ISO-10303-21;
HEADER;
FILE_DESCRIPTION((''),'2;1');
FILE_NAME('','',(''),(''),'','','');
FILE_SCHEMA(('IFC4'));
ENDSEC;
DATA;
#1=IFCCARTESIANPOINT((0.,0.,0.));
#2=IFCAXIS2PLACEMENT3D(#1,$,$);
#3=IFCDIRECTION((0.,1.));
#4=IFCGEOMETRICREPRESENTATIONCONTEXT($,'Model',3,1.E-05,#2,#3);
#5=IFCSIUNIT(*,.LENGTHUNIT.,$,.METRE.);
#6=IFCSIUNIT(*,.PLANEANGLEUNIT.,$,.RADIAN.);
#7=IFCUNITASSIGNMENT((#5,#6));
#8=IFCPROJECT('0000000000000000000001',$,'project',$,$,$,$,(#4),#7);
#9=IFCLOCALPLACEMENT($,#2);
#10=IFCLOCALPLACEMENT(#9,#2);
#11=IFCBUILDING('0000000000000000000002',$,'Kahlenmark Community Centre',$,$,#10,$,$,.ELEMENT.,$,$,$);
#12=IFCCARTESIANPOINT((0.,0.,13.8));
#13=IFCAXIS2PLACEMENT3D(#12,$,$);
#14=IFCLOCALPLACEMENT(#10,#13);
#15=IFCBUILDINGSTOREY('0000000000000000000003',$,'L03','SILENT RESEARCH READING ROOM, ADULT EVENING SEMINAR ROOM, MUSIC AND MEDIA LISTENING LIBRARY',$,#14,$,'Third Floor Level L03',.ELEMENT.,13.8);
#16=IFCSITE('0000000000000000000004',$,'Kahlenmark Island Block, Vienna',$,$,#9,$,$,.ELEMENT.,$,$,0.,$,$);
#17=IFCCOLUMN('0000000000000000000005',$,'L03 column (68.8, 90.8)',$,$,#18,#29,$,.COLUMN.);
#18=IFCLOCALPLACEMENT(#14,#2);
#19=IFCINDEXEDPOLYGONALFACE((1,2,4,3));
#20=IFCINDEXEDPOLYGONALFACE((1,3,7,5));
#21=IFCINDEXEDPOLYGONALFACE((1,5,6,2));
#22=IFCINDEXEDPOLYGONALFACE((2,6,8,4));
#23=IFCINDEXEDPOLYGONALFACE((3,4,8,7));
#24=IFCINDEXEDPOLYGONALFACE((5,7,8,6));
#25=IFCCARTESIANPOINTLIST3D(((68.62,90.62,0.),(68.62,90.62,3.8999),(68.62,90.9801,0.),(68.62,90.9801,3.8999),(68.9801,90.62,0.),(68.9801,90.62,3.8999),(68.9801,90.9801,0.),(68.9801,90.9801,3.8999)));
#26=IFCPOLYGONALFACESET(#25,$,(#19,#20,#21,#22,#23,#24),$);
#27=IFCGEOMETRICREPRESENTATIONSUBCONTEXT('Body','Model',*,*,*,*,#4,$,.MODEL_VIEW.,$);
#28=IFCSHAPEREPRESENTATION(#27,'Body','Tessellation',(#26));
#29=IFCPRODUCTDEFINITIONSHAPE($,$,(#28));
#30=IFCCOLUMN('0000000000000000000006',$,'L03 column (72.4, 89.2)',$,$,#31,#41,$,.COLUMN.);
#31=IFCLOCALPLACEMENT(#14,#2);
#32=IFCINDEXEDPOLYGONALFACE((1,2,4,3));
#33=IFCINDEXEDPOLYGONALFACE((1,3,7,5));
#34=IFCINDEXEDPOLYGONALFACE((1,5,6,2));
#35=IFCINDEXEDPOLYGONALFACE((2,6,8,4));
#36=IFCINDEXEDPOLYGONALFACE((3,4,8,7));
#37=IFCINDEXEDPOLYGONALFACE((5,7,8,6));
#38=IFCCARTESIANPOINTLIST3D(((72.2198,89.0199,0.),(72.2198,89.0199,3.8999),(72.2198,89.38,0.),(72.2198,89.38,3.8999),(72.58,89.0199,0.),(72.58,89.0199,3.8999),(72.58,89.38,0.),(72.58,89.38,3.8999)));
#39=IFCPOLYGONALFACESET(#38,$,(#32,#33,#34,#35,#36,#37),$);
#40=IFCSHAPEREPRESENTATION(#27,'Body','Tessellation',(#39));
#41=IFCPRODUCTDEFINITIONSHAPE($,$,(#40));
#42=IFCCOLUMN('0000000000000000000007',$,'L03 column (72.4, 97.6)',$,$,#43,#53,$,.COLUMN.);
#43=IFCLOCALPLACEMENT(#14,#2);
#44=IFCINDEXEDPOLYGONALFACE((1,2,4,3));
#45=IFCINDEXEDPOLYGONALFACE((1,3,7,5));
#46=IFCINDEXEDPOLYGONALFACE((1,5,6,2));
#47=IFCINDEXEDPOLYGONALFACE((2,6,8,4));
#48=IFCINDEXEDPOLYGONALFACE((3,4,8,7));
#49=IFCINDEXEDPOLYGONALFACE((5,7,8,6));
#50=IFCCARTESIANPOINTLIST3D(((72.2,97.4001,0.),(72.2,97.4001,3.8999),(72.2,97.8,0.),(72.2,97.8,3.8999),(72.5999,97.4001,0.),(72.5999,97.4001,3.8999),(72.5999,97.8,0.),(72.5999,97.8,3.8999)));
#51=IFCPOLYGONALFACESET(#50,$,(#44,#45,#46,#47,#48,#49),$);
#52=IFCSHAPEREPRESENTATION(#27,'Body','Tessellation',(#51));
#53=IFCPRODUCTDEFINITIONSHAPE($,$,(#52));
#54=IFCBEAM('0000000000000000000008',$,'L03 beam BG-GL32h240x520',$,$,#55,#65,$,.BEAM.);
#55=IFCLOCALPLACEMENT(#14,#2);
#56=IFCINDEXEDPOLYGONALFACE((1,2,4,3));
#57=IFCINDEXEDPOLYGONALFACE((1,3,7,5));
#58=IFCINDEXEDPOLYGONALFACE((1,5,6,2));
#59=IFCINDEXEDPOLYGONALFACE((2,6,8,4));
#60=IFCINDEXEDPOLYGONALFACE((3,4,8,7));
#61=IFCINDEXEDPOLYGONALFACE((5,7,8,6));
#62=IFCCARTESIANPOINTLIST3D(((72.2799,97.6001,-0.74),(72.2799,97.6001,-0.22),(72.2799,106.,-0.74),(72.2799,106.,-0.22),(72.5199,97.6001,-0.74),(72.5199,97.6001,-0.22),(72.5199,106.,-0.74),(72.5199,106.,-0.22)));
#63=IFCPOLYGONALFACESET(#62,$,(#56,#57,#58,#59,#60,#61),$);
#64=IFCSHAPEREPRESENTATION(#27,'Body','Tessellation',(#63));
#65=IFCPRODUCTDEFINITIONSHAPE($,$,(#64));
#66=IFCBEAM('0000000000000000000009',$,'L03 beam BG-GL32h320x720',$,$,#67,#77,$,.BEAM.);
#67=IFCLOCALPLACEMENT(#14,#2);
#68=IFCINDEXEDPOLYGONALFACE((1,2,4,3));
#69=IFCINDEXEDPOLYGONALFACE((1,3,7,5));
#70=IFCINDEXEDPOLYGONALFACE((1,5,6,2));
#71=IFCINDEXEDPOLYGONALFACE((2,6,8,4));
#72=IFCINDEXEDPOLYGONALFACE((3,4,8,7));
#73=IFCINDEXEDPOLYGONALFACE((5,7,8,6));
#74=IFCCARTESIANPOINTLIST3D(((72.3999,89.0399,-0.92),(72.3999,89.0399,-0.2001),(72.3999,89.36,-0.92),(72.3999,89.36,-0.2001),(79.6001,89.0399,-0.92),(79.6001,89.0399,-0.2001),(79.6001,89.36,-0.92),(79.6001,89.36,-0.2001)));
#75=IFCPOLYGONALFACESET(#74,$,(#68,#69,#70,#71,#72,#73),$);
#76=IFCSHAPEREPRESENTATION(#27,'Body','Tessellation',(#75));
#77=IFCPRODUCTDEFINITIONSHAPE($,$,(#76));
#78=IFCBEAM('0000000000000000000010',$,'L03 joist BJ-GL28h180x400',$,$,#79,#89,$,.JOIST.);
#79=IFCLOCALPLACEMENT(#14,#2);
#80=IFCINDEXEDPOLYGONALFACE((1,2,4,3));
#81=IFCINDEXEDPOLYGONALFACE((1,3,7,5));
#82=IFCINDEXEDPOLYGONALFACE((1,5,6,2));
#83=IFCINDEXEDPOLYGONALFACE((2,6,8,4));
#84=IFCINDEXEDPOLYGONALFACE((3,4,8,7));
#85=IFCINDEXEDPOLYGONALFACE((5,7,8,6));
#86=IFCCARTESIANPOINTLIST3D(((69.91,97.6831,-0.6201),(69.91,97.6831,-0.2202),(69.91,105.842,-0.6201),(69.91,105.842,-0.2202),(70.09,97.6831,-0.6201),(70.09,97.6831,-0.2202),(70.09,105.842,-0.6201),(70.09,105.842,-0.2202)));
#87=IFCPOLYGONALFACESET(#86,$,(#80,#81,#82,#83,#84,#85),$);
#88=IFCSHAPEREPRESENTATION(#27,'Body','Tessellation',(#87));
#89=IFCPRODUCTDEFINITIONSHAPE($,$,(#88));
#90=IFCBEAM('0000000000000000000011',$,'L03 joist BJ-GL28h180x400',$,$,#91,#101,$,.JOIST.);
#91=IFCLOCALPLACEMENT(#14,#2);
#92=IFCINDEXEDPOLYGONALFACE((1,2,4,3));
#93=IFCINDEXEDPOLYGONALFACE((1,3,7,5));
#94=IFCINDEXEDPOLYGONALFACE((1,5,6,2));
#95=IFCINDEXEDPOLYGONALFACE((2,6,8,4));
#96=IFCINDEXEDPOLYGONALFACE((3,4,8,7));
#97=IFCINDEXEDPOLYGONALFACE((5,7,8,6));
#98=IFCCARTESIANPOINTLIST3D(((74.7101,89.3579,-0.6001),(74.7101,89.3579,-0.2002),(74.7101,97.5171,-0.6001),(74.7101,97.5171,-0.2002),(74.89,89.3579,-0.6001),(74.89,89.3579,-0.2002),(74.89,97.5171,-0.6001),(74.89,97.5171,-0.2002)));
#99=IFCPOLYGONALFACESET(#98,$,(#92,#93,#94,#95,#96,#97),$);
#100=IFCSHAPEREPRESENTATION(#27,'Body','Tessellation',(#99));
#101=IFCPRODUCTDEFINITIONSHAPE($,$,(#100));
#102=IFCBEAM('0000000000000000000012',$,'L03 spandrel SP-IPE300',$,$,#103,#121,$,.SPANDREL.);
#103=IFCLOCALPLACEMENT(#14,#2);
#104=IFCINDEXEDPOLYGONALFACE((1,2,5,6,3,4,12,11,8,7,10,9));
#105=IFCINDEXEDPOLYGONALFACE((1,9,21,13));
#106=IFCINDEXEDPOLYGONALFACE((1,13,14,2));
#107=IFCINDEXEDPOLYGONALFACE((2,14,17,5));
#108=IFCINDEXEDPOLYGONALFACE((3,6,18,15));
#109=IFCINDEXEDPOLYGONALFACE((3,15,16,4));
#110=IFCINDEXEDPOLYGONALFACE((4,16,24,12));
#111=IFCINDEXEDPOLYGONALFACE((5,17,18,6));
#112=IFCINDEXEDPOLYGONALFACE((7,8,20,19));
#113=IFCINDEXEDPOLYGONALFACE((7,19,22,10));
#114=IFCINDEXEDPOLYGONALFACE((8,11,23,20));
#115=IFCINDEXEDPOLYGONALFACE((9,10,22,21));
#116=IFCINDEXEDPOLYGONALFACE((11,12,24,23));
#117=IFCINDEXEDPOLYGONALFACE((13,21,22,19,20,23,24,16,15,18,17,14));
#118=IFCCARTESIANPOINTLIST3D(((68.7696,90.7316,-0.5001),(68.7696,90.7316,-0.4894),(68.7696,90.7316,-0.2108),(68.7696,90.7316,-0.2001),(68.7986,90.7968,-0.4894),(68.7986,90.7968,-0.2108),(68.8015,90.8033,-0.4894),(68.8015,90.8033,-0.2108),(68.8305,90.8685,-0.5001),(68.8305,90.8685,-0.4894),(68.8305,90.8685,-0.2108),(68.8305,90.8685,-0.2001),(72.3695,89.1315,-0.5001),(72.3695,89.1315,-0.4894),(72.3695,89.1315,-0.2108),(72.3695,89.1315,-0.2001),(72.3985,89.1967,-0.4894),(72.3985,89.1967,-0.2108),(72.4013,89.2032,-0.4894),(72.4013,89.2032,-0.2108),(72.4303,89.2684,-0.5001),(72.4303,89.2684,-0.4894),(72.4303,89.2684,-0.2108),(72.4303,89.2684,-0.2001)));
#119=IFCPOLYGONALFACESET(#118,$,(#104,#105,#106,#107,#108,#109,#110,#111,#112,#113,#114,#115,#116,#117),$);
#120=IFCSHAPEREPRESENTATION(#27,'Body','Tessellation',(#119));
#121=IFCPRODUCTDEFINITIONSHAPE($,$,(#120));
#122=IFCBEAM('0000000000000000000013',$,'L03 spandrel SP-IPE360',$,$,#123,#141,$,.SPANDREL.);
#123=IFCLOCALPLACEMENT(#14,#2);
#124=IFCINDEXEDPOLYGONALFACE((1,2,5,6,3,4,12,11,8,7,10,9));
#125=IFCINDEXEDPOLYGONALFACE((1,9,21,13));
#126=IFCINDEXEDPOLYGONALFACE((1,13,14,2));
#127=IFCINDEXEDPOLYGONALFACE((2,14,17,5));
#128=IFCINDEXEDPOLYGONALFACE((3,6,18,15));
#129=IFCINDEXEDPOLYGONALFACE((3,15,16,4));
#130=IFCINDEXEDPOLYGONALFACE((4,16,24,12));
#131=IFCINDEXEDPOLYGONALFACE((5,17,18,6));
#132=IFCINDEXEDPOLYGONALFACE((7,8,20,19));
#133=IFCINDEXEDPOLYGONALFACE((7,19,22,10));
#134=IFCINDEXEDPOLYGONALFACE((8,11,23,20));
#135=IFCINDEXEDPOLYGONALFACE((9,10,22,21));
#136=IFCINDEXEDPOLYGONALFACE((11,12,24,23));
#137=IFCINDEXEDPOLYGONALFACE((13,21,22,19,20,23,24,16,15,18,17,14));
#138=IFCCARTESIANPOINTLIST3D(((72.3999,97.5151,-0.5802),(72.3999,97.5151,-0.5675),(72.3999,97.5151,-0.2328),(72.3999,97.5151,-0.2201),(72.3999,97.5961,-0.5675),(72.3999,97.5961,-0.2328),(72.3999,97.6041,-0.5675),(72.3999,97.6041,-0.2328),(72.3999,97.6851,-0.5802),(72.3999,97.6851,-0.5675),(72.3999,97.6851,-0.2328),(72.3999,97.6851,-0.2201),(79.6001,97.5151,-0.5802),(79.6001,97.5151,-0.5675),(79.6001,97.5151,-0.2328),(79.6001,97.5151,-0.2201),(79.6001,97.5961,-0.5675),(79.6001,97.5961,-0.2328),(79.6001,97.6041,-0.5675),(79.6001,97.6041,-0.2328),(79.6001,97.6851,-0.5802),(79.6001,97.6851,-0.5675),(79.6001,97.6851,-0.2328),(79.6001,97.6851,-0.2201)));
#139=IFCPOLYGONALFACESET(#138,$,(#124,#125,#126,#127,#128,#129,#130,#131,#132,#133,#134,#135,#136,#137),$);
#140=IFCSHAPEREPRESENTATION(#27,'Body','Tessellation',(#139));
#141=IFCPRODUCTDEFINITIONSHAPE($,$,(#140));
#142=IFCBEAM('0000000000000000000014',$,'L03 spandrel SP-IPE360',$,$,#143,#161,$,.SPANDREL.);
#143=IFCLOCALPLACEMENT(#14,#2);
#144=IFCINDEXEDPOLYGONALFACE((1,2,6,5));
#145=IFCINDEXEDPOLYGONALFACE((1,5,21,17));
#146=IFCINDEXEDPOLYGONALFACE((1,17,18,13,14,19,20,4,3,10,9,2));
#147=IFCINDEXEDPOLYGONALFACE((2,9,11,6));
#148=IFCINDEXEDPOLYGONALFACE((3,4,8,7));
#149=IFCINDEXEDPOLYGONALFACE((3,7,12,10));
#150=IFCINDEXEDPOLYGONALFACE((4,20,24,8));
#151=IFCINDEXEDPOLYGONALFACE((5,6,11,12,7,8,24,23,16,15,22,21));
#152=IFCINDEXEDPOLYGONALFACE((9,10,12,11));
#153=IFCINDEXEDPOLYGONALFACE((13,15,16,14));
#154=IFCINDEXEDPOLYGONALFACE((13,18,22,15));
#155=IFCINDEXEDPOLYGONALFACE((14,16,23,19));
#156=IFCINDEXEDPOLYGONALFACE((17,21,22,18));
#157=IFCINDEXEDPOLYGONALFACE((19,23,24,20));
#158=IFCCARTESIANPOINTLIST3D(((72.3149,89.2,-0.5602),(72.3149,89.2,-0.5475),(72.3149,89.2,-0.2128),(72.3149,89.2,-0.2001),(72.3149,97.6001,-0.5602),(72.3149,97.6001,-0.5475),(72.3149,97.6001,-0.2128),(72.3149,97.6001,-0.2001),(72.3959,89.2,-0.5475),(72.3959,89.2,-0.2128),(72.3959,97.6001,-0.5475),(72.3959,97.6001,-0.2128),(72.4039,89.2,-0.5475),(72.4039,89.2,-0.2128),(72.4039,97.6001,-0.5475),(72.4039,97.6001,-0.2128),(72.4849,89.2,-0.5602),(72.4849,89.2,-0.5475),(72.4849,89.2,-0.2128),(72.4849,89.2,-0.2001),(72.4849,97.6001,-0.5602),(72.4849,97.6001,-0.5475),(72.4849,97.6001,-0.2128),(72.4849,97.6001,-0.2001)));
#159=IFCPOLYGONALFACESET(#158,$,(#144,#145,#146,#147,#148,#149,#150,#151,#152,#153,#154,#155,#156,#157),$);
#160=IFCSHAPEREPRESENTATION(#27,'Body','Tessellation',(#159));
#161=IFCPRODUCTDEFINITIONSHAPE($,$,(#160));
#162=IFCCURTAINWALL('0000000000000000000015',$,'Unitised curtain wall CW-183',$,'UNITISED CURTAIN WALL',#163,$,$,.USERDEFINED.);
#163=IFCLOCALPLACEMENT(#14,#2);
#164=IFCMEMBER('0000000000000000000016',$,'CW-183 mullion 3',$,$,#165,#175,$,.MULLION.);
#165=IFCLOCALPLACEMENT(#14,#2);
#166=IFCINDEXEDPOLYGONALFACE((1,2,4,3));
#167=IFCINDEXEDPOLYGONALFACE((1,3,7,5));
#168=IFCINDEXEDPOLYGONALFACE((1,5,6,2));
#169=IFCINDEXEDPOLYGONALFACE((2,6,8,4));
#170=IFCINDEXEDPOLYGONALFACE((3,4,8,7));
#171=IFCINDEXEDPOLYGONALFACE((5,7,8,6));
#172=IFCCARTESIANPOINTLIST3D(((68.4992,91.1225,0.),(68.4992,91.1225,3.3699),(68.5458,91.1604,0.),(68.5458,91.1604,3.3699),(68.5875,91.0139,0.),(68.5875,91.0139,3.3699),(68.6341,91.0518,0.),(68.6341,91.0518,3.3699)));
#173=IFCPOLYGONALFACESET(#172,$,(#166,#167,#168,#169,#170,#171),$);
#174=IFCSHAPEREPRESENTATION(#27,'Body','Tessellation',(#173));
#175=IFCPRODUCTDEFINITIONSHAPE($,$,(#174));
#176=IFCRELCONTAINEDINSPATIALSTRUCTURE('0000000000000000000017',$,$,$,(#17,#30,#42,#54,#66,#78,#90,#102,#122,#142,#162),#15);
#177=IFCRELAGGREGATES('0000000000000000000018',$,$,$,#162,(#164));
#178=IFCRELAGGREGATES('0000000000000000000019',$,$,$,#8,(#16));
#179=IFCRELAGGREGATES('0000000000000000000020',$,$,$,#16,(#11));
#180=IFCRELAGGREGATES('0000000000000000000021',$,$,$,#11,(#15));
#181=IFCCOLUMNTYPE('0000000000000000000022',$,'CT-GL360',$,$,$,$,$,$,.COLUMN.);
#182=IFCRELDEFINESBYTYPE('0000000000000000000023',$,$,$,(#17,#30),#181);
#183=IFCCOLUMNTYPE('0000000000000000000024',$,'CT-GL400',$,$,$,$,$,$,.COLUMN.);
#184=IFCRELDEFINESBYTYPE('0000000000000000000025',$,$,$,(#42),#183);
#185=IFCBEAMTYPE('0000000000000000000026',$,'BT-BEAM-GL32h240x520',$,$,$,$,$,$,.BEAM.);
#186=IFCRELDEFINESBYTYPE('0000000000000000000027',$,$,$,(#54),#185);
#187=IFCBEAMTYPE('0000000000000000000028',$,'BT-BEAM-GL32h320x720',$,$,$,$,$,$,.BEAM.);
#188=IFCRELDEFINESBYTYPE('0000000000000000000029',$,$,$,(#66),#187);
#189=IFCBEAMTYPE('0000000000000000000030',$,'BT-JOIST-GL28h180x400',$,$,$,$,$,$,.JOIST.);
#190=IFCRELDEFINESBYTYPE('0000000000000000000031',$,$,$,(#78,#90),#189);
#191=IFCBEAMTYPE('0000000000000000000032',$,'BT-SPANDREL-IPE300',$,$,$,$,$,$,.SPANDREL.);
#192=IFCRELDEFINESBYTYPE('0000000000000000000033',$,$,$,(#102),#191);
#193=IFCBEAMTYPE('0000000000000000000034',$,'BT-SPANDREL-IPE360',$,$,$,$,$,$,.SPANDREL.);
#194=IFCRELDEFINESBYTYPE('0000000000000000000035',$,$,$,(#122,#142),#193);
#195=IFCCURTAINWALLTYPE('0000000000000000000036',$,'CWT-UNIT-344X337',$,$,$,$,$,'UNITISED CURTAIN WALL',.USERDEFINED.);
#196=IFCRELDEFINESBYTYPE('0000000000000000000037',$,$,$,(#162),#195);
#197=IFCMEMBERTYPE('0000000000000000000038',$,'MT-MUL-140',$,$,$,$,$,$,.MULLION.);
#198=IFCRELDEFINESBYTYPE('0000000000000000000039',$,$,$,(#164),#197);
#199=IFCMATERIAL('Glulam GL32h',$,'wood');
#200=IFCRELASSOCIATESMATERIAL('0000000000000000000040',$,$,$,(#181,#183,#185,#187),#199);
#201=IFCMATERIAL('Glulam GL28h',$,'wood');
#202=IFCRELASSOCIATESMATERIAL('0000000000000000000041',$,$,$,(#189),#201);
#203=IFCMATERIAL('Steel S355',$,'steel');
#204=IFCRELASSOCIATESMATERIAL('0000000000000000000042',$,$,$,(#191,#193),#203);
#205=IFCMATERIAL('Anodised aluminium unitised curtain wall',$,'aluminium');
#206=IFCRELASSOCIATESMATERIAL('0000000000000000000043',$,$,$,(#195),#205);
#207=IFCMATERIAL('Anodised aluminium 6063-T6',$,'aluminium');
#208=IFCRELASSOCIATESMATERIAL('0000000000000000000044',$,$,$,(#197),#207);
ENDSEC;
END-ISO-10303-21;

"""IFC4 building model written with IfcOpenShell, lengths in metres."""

from ifc_helpers import new_model, si_unit, direction, frame, origin, origin_2d, place, context, subcontext, project, spatial, rectangle, i_section, extrude, material, material_profile, profile_set, type_object, element, aggregate, save


model = new_model("IFC4")

# Units and contexts
model_context = context("Model", 3, precision=1e-05, world=origin(), true_north=direction((0.0, 1.0)))
body_context = subcontext(model_context, "Body", "Model", "MODEL_VIEW")
ifc_project = project(units=[si_unit("LENGTHUNIT", "METRE"), si_unit("PLANEANGLEUNIT", "RADIAN")], contexts=[model_context])

# Site, building, storey
site_placement = place(None, origin())
site = spatial("IfcSite", under=ifc_project, at=site_placement, Name="Kahlenmark Island Block, Vienna", CompositionType="ELEMENT", RefElevation=0.0)
building_placement = place(site_placement, origin())
building = spatial("IfcBuilding", under=site, at=building_placement, Name="Kahlenmark Community Centre", CompositionType="ELEMENT")
storey_placement = place(building_placement, frame((0.0, 0.0, 13.8)))
storey = spatial("IfcBuildingStorey", under=building, at=storey_placement, Name="L03", Description="SILENT RESEARCH READING ROOM, ADULT EVENING SEMINAR ROOM, MUSIC AND MEDIA LISTENING LIBRARY", LongName="Third Floor Level L03", CompositionType="ELEMENT", Elevation=13.8)

# Columns
ifc_material_1 = material(Name="Glulam GL32h", Category="wood")
ifc_material_profile_1 = material_profile(ifc_material_1, rectangle(XDim=0.3601, YDim=0.3601, at=origin_2d()), Name="GL32h 360x360")
ifc_profile_set_1 = profile_set([ifc_material_profile_1], Name="Glulam GL32h")
column_type_1 = type_object("IfcColumnType", Name="CT-GL360", PredefinedType="COLUMN", material=ifc_profile_set_1)
for number, where, z_axis, x_axis, name in (
    (1, (68.8, 90.8, 0.0), (0.0, 0.0, 1.0), (1.0, 0.0, 0.0), "L03 column (68.8, 90.8)"),
    (2, (72.3999, 89.2, 0.0), (0.0, 0.0, 1.0), (1.0, 0.0, 0.0), "L03 column (72.4, 89.2)"),
):
    element("IfcColumn", number, at=place(storey_placement, frame(where, z_axis=z_axis, x_axis=x_axis)), inside=storey, type_object=column_type_1, Name=name, PredefinedType="COLUMN", context=body_context, shape_type="SweptSolid", body=[
        extrude(rectangle(XDim=0.3601, YDim=0.3601, at=origin_2d()), origin(), (0.0, 0.0, 1.0), 3.8999),
    ])
ifc_material_profile_2 = material_profile(ifc_material_1, rectangle(XDim=0.3999, YDim=0.3999, at=origin_2d()), Name="GL32h 400x400")
ifc_profile_set_2 = profile_set([ifc_material_profile_2], Name="Glulam GL32h")
column_type_2 = type_object("IfcColumnType", Name="CT-GL400", PredefinedType="COLUMN", material=ifc_profile_set_2)
column_placement = place(storey_placement, frame((72.3999, 97.6001, 0.0), z_axis=(0.0, 0.0, 1.0), x_axis=(1.0, 0.0, 0.0)))
element("IfcColumn", 3, at=column_placement, inside=storey, type_object=column_type_2, Name="L03 column (72.4, 97.6)", PredefinedType="COLUMN", context=body_context, shape_type="SweptSolid", body=[
    extrude(rectangle(XDim=0.3999, YDim=0.3999, at=origin_2d()), origin(), (0.0, 0.0, 1.0), 3.8999),
])

# Beams
ifc_material_profile_3 = material_profile(ifc_material_1, rectangle(XDim=0.24, YDim=0.52, at=origin_2d()), Name="GL32h 240x520")
ifc_profile_set_3 = profile_set([ifc_material_profile_3], Name="Glulam GL32h")
beam_type_1 = type_object("IfcBeamType", Name="BT-BEAM-GL32h240x520", PredefinedType="BEAM", material=ifc_profile_set_3)
beam_1_placement = place(storey_placement, frame((72.3999, 97.6001, -0.48), z_axis=(0.0, 1.0, 0.0), x_axis=(-1.0, 0.0, 0.0)))
element("IfcBeam", 4, at=beam_1_placement, inside=storey, type_object=beam_type_1, Name="L03 beam BG-GL32h240x520", PredefinedType="BEAM", context=body_context, shape_type="SweptSolid", body=[
    extrude(rectangle(XDim=0.24, YDim=0.52, at=origin_2d()), origin(), (0.0, 0.0, 1.0), 8.3999),
])
ifc_material_profile_4 = material_profile(ifc_material_1, rectangle(XDim=0.3201, YDim=0.72, at=origin_2d()), Name="GL32h 320x720")
ifc_profile_set_4 = profile_set([ifc_material_profile_4], Name="Glulam GL32h")
beam_type_2 = type_object("IfcBeamType", Name="BT-BEAM-GL32h320x720", PredefinedType="BEAM", material=ifc_profile_set_4)
beam_2_placement = place(storey_placement, frame((72.3999, 89.2, -0.5601), z_axis=(1.0, 0.0, 0.0), x_axis=(0.0, 1.0, 0.0)))
element("IfcBeam", 5, at=beam_2_placement, inside=storey, type_object=beam_type_2, Name="L03 beam BG-GL32h320x720", PredefinedType="BEAM", context=body_context, shape_type="SweptSolid", body=[
    extrude(rectangle(XDim=0.3201, YDim=0.72, at=origin_2d()), origin(), (0.0, 0.0, 1.0), 7.2002),
])
ifc_material_2 = material(Name="Glulam GL28h", Category="wood")
ifc_material_profile_5 = material_profile(ifc_material_2, rectangle(XDim=0.1799, YDim=0.3999, at=origin_2d()), Name="GL28h 180x400")
ifc_profile_set_5 = profile_set([ifc_material_profile_5], Name="Glulam GL28h")
beam_type_3 = type_object("IfcBeamType", Name="BT-JOIST-GL28h180x400", PredefinedType="JOIST", material=ifc_profile_set_5)
beam_3_placement = place(storey_placement, frame((70.0, 97.6831, -0.4202), z_axis=(0.0, 1.0, 0.0), x_axis=(-1.0, 0.0, 0.0)))
element("IfcBeam", 6, at=beam_3_placement, inside=storey, type_object=beam_type_3, Name="L03 joist BJ-GL28h180x400", PredefinedType="JOIST", context=body_context, shape_type="SweptSolid", body=[
    extrude(rectangle(XDim=0.1799, YDim=0.3999, at=origin_2d()), origin(), (0.0, 0.0, 1.0), 8.1589),
])
beam_4_placement = place(storey_placement, frame((74.8, 89.3579, -0.4001), z_axis=(0.0, 1.0, 0.0), x_axis=(-1.0, 0.0, 0.0)))
element("IfcBeam", 7, at=beam_4_placement, inside=storey, type_object=beam_type_3, Name="L03 joist BJ-GL28h180x400", PredefinedType="JOIST", context=body_context, shape_type="SweptSolid", body=[
    extrude(rectangle(XDim=0.1799, YDim=0.3999, at=origin_2d()), origin(), (0.0, 0.0, 1.0), 8.1592),
])
ifc_material_3 = material(Name="Steel S355", Category="steel")
ifc_material_profile_6 = material_profile(ifc_material_3, i_section(OverallWidth=0.1499, OverallDepth=0.3, WebThickness=0.0071, FlangeThickness=0.0107, at=origin_2d()), Name="IPE 300")
ifc_profile_set_6 = profile_set([ifc_material_profile_6], Name="Steel S355")
beam_type_4 = type_object("IfcBeamType", Name="BT-SPANDREL-IPE300", PredefinedType="SPANDREL", material=ifc_profile_set_6)
beam_5_placement = place(storey_placement, frame((68.8, 90.8, -0.3501), z_axis=(0.913796, -0.406173, 0.0), x_axis=(0.406173, 0.913796, 0.0)))
element("IfcBeam", 8, at=beam_5_placement, inside=storey, type_object=beam_type_4, Name="L03 spandrel SP-IPE300", PredefinedType="SPANDREL", context=body_context, shape_type="SweptSolid", body=[
    extrude(i_section(OverallWidth=0.1499, OverallDepth=0.3, WebThickness=0.0071, FlangeThickness=0.0107, at=origin_2d()), origin(), (0.0, 0.0, 1.0), 3.9395),
])
ifc_material_profile_7 = material_profile(ifc_material_3, i_section(OverallWidth=0.1699, OverallDepth=0.3601, WebThickness=0.0081, FlangeThickness=0.0127, at=origin_2d()), Name="IPE 360")
ifc_profile_set_7 = profile_set([ifc_material_profile_7], Name="Steel S355")
beam_type_5 = type_object("IfcBeamType", Name="BT-SPANDREL-IPE360", PredefinedType="SPANDREL", material=ifc_profile_set_7)
beam_6_placement = place(storey_placement, frame((72.3999, 97.6001, -0.4001), z_axis=(1.0, 0.0, 0.0), x_axis=(0.0, 1.0, 0.0)))
element("IfcBeam", 9, at=beam_6_placement, inside=storey, type_object=beam_type_5, Name="L03 spandrel SP-IPE360", PredefinedType="SPANDREL", context=body_context, shape_type="SweptSolid", body=[
    extrude(i_section(OverallWidth=0.1699, OverallDepth=0.3601, WebThickness=0.0081, FlangeThickness=0.0127, at=origin_2d()), origin(), (0.0, 0.0, 1.0), 7.2002),
])
beam_7_placement = place(storey_placement, frame((72.3999, 89.2, -0.3801), z_axis=(0.0, 1.0, 0.0), x_axis=(-1.0, 0.0, 0.0)))
element("IfcBeam", 10, at=beam_7_placement, inside=storey, type_object=beam_type_5, Name="L03 spandrel SP-IPE360", PredefinedType="SPANDREL", context=body_context, shape_type="SweptSolid", body=[
    extrude(i_section(OverallWidth=0.1699, OverallDepth=0.3601, WebThickness=0.0081, FlangeThickness=0.0127, at=origin_2d()), origin(), (0.0, 0.0, 1.0), 8.4001),
])

# Curtain wall, member
ifc_material_4 = material(Name="Anodised aluminium unitised curtain wall", Category="aluminium")
curtain_wall_type_1 = type_object("IfcCurtainWallType", Name="CWT-UNIT-344X337", ElementType="UNITISED CURTAIN WALL", PredefinedType="USERDEFINED", material=ifc_material_4)
curtain_wall_1_placement = place(storey_placement, origin())
curtain_wall_1 = element("IfcCurtainWall", 11, at=curtain_wall_1_placement, inside=storey, type_object=curtain_wall_type_1, Name="Unitised curtain wall CW-183", ObjectType="UNITISED CURTAIN WALL", PredefinedType="USERDEFINED")
ifc_material_5 = material(Name="Anodised aluminium 6063-T6", Category="aluminium")
ifc_material_profile_8 = material_profile(ifc_material_5, rectangle(XDim=0.0601, YDim=0.1399, at=origin_2d()), Name="ALU MULLION 60x140")
ifc_profile_set_8 = profile_set([ifc_material_profile_8], Name="Anodised aluminium 6063-T6")
member_type_1 = type_object("IfcMemberType", Name="MT-MUL-140", PredefinedType="MULLION", material=ifc_profile_set_8)
member_1_placement = place(storey_placement, frame((68.5667, 91.0872, 0.0), z_axis=(0.0, 0.0, 1.0), x_axis=(0.776109, 0.630599, 0.0)))
member_1 = element("IfcMember", 12, at=member_1_placement, type_object=member_type_1, Name="CW-183 mullion 3", PredefinedType="MULLION", context=body_context, shape_type="SweptSolid", body=[
    extrude(rectangle(XDim=0.0601, YDim=0.1399, at=origin_2d()), origin(), (0.0, 0.0, 1.0), 3.3699),
])

aggregate(curtain_wall_1, [member_1])

save(model, "model.ifc")
